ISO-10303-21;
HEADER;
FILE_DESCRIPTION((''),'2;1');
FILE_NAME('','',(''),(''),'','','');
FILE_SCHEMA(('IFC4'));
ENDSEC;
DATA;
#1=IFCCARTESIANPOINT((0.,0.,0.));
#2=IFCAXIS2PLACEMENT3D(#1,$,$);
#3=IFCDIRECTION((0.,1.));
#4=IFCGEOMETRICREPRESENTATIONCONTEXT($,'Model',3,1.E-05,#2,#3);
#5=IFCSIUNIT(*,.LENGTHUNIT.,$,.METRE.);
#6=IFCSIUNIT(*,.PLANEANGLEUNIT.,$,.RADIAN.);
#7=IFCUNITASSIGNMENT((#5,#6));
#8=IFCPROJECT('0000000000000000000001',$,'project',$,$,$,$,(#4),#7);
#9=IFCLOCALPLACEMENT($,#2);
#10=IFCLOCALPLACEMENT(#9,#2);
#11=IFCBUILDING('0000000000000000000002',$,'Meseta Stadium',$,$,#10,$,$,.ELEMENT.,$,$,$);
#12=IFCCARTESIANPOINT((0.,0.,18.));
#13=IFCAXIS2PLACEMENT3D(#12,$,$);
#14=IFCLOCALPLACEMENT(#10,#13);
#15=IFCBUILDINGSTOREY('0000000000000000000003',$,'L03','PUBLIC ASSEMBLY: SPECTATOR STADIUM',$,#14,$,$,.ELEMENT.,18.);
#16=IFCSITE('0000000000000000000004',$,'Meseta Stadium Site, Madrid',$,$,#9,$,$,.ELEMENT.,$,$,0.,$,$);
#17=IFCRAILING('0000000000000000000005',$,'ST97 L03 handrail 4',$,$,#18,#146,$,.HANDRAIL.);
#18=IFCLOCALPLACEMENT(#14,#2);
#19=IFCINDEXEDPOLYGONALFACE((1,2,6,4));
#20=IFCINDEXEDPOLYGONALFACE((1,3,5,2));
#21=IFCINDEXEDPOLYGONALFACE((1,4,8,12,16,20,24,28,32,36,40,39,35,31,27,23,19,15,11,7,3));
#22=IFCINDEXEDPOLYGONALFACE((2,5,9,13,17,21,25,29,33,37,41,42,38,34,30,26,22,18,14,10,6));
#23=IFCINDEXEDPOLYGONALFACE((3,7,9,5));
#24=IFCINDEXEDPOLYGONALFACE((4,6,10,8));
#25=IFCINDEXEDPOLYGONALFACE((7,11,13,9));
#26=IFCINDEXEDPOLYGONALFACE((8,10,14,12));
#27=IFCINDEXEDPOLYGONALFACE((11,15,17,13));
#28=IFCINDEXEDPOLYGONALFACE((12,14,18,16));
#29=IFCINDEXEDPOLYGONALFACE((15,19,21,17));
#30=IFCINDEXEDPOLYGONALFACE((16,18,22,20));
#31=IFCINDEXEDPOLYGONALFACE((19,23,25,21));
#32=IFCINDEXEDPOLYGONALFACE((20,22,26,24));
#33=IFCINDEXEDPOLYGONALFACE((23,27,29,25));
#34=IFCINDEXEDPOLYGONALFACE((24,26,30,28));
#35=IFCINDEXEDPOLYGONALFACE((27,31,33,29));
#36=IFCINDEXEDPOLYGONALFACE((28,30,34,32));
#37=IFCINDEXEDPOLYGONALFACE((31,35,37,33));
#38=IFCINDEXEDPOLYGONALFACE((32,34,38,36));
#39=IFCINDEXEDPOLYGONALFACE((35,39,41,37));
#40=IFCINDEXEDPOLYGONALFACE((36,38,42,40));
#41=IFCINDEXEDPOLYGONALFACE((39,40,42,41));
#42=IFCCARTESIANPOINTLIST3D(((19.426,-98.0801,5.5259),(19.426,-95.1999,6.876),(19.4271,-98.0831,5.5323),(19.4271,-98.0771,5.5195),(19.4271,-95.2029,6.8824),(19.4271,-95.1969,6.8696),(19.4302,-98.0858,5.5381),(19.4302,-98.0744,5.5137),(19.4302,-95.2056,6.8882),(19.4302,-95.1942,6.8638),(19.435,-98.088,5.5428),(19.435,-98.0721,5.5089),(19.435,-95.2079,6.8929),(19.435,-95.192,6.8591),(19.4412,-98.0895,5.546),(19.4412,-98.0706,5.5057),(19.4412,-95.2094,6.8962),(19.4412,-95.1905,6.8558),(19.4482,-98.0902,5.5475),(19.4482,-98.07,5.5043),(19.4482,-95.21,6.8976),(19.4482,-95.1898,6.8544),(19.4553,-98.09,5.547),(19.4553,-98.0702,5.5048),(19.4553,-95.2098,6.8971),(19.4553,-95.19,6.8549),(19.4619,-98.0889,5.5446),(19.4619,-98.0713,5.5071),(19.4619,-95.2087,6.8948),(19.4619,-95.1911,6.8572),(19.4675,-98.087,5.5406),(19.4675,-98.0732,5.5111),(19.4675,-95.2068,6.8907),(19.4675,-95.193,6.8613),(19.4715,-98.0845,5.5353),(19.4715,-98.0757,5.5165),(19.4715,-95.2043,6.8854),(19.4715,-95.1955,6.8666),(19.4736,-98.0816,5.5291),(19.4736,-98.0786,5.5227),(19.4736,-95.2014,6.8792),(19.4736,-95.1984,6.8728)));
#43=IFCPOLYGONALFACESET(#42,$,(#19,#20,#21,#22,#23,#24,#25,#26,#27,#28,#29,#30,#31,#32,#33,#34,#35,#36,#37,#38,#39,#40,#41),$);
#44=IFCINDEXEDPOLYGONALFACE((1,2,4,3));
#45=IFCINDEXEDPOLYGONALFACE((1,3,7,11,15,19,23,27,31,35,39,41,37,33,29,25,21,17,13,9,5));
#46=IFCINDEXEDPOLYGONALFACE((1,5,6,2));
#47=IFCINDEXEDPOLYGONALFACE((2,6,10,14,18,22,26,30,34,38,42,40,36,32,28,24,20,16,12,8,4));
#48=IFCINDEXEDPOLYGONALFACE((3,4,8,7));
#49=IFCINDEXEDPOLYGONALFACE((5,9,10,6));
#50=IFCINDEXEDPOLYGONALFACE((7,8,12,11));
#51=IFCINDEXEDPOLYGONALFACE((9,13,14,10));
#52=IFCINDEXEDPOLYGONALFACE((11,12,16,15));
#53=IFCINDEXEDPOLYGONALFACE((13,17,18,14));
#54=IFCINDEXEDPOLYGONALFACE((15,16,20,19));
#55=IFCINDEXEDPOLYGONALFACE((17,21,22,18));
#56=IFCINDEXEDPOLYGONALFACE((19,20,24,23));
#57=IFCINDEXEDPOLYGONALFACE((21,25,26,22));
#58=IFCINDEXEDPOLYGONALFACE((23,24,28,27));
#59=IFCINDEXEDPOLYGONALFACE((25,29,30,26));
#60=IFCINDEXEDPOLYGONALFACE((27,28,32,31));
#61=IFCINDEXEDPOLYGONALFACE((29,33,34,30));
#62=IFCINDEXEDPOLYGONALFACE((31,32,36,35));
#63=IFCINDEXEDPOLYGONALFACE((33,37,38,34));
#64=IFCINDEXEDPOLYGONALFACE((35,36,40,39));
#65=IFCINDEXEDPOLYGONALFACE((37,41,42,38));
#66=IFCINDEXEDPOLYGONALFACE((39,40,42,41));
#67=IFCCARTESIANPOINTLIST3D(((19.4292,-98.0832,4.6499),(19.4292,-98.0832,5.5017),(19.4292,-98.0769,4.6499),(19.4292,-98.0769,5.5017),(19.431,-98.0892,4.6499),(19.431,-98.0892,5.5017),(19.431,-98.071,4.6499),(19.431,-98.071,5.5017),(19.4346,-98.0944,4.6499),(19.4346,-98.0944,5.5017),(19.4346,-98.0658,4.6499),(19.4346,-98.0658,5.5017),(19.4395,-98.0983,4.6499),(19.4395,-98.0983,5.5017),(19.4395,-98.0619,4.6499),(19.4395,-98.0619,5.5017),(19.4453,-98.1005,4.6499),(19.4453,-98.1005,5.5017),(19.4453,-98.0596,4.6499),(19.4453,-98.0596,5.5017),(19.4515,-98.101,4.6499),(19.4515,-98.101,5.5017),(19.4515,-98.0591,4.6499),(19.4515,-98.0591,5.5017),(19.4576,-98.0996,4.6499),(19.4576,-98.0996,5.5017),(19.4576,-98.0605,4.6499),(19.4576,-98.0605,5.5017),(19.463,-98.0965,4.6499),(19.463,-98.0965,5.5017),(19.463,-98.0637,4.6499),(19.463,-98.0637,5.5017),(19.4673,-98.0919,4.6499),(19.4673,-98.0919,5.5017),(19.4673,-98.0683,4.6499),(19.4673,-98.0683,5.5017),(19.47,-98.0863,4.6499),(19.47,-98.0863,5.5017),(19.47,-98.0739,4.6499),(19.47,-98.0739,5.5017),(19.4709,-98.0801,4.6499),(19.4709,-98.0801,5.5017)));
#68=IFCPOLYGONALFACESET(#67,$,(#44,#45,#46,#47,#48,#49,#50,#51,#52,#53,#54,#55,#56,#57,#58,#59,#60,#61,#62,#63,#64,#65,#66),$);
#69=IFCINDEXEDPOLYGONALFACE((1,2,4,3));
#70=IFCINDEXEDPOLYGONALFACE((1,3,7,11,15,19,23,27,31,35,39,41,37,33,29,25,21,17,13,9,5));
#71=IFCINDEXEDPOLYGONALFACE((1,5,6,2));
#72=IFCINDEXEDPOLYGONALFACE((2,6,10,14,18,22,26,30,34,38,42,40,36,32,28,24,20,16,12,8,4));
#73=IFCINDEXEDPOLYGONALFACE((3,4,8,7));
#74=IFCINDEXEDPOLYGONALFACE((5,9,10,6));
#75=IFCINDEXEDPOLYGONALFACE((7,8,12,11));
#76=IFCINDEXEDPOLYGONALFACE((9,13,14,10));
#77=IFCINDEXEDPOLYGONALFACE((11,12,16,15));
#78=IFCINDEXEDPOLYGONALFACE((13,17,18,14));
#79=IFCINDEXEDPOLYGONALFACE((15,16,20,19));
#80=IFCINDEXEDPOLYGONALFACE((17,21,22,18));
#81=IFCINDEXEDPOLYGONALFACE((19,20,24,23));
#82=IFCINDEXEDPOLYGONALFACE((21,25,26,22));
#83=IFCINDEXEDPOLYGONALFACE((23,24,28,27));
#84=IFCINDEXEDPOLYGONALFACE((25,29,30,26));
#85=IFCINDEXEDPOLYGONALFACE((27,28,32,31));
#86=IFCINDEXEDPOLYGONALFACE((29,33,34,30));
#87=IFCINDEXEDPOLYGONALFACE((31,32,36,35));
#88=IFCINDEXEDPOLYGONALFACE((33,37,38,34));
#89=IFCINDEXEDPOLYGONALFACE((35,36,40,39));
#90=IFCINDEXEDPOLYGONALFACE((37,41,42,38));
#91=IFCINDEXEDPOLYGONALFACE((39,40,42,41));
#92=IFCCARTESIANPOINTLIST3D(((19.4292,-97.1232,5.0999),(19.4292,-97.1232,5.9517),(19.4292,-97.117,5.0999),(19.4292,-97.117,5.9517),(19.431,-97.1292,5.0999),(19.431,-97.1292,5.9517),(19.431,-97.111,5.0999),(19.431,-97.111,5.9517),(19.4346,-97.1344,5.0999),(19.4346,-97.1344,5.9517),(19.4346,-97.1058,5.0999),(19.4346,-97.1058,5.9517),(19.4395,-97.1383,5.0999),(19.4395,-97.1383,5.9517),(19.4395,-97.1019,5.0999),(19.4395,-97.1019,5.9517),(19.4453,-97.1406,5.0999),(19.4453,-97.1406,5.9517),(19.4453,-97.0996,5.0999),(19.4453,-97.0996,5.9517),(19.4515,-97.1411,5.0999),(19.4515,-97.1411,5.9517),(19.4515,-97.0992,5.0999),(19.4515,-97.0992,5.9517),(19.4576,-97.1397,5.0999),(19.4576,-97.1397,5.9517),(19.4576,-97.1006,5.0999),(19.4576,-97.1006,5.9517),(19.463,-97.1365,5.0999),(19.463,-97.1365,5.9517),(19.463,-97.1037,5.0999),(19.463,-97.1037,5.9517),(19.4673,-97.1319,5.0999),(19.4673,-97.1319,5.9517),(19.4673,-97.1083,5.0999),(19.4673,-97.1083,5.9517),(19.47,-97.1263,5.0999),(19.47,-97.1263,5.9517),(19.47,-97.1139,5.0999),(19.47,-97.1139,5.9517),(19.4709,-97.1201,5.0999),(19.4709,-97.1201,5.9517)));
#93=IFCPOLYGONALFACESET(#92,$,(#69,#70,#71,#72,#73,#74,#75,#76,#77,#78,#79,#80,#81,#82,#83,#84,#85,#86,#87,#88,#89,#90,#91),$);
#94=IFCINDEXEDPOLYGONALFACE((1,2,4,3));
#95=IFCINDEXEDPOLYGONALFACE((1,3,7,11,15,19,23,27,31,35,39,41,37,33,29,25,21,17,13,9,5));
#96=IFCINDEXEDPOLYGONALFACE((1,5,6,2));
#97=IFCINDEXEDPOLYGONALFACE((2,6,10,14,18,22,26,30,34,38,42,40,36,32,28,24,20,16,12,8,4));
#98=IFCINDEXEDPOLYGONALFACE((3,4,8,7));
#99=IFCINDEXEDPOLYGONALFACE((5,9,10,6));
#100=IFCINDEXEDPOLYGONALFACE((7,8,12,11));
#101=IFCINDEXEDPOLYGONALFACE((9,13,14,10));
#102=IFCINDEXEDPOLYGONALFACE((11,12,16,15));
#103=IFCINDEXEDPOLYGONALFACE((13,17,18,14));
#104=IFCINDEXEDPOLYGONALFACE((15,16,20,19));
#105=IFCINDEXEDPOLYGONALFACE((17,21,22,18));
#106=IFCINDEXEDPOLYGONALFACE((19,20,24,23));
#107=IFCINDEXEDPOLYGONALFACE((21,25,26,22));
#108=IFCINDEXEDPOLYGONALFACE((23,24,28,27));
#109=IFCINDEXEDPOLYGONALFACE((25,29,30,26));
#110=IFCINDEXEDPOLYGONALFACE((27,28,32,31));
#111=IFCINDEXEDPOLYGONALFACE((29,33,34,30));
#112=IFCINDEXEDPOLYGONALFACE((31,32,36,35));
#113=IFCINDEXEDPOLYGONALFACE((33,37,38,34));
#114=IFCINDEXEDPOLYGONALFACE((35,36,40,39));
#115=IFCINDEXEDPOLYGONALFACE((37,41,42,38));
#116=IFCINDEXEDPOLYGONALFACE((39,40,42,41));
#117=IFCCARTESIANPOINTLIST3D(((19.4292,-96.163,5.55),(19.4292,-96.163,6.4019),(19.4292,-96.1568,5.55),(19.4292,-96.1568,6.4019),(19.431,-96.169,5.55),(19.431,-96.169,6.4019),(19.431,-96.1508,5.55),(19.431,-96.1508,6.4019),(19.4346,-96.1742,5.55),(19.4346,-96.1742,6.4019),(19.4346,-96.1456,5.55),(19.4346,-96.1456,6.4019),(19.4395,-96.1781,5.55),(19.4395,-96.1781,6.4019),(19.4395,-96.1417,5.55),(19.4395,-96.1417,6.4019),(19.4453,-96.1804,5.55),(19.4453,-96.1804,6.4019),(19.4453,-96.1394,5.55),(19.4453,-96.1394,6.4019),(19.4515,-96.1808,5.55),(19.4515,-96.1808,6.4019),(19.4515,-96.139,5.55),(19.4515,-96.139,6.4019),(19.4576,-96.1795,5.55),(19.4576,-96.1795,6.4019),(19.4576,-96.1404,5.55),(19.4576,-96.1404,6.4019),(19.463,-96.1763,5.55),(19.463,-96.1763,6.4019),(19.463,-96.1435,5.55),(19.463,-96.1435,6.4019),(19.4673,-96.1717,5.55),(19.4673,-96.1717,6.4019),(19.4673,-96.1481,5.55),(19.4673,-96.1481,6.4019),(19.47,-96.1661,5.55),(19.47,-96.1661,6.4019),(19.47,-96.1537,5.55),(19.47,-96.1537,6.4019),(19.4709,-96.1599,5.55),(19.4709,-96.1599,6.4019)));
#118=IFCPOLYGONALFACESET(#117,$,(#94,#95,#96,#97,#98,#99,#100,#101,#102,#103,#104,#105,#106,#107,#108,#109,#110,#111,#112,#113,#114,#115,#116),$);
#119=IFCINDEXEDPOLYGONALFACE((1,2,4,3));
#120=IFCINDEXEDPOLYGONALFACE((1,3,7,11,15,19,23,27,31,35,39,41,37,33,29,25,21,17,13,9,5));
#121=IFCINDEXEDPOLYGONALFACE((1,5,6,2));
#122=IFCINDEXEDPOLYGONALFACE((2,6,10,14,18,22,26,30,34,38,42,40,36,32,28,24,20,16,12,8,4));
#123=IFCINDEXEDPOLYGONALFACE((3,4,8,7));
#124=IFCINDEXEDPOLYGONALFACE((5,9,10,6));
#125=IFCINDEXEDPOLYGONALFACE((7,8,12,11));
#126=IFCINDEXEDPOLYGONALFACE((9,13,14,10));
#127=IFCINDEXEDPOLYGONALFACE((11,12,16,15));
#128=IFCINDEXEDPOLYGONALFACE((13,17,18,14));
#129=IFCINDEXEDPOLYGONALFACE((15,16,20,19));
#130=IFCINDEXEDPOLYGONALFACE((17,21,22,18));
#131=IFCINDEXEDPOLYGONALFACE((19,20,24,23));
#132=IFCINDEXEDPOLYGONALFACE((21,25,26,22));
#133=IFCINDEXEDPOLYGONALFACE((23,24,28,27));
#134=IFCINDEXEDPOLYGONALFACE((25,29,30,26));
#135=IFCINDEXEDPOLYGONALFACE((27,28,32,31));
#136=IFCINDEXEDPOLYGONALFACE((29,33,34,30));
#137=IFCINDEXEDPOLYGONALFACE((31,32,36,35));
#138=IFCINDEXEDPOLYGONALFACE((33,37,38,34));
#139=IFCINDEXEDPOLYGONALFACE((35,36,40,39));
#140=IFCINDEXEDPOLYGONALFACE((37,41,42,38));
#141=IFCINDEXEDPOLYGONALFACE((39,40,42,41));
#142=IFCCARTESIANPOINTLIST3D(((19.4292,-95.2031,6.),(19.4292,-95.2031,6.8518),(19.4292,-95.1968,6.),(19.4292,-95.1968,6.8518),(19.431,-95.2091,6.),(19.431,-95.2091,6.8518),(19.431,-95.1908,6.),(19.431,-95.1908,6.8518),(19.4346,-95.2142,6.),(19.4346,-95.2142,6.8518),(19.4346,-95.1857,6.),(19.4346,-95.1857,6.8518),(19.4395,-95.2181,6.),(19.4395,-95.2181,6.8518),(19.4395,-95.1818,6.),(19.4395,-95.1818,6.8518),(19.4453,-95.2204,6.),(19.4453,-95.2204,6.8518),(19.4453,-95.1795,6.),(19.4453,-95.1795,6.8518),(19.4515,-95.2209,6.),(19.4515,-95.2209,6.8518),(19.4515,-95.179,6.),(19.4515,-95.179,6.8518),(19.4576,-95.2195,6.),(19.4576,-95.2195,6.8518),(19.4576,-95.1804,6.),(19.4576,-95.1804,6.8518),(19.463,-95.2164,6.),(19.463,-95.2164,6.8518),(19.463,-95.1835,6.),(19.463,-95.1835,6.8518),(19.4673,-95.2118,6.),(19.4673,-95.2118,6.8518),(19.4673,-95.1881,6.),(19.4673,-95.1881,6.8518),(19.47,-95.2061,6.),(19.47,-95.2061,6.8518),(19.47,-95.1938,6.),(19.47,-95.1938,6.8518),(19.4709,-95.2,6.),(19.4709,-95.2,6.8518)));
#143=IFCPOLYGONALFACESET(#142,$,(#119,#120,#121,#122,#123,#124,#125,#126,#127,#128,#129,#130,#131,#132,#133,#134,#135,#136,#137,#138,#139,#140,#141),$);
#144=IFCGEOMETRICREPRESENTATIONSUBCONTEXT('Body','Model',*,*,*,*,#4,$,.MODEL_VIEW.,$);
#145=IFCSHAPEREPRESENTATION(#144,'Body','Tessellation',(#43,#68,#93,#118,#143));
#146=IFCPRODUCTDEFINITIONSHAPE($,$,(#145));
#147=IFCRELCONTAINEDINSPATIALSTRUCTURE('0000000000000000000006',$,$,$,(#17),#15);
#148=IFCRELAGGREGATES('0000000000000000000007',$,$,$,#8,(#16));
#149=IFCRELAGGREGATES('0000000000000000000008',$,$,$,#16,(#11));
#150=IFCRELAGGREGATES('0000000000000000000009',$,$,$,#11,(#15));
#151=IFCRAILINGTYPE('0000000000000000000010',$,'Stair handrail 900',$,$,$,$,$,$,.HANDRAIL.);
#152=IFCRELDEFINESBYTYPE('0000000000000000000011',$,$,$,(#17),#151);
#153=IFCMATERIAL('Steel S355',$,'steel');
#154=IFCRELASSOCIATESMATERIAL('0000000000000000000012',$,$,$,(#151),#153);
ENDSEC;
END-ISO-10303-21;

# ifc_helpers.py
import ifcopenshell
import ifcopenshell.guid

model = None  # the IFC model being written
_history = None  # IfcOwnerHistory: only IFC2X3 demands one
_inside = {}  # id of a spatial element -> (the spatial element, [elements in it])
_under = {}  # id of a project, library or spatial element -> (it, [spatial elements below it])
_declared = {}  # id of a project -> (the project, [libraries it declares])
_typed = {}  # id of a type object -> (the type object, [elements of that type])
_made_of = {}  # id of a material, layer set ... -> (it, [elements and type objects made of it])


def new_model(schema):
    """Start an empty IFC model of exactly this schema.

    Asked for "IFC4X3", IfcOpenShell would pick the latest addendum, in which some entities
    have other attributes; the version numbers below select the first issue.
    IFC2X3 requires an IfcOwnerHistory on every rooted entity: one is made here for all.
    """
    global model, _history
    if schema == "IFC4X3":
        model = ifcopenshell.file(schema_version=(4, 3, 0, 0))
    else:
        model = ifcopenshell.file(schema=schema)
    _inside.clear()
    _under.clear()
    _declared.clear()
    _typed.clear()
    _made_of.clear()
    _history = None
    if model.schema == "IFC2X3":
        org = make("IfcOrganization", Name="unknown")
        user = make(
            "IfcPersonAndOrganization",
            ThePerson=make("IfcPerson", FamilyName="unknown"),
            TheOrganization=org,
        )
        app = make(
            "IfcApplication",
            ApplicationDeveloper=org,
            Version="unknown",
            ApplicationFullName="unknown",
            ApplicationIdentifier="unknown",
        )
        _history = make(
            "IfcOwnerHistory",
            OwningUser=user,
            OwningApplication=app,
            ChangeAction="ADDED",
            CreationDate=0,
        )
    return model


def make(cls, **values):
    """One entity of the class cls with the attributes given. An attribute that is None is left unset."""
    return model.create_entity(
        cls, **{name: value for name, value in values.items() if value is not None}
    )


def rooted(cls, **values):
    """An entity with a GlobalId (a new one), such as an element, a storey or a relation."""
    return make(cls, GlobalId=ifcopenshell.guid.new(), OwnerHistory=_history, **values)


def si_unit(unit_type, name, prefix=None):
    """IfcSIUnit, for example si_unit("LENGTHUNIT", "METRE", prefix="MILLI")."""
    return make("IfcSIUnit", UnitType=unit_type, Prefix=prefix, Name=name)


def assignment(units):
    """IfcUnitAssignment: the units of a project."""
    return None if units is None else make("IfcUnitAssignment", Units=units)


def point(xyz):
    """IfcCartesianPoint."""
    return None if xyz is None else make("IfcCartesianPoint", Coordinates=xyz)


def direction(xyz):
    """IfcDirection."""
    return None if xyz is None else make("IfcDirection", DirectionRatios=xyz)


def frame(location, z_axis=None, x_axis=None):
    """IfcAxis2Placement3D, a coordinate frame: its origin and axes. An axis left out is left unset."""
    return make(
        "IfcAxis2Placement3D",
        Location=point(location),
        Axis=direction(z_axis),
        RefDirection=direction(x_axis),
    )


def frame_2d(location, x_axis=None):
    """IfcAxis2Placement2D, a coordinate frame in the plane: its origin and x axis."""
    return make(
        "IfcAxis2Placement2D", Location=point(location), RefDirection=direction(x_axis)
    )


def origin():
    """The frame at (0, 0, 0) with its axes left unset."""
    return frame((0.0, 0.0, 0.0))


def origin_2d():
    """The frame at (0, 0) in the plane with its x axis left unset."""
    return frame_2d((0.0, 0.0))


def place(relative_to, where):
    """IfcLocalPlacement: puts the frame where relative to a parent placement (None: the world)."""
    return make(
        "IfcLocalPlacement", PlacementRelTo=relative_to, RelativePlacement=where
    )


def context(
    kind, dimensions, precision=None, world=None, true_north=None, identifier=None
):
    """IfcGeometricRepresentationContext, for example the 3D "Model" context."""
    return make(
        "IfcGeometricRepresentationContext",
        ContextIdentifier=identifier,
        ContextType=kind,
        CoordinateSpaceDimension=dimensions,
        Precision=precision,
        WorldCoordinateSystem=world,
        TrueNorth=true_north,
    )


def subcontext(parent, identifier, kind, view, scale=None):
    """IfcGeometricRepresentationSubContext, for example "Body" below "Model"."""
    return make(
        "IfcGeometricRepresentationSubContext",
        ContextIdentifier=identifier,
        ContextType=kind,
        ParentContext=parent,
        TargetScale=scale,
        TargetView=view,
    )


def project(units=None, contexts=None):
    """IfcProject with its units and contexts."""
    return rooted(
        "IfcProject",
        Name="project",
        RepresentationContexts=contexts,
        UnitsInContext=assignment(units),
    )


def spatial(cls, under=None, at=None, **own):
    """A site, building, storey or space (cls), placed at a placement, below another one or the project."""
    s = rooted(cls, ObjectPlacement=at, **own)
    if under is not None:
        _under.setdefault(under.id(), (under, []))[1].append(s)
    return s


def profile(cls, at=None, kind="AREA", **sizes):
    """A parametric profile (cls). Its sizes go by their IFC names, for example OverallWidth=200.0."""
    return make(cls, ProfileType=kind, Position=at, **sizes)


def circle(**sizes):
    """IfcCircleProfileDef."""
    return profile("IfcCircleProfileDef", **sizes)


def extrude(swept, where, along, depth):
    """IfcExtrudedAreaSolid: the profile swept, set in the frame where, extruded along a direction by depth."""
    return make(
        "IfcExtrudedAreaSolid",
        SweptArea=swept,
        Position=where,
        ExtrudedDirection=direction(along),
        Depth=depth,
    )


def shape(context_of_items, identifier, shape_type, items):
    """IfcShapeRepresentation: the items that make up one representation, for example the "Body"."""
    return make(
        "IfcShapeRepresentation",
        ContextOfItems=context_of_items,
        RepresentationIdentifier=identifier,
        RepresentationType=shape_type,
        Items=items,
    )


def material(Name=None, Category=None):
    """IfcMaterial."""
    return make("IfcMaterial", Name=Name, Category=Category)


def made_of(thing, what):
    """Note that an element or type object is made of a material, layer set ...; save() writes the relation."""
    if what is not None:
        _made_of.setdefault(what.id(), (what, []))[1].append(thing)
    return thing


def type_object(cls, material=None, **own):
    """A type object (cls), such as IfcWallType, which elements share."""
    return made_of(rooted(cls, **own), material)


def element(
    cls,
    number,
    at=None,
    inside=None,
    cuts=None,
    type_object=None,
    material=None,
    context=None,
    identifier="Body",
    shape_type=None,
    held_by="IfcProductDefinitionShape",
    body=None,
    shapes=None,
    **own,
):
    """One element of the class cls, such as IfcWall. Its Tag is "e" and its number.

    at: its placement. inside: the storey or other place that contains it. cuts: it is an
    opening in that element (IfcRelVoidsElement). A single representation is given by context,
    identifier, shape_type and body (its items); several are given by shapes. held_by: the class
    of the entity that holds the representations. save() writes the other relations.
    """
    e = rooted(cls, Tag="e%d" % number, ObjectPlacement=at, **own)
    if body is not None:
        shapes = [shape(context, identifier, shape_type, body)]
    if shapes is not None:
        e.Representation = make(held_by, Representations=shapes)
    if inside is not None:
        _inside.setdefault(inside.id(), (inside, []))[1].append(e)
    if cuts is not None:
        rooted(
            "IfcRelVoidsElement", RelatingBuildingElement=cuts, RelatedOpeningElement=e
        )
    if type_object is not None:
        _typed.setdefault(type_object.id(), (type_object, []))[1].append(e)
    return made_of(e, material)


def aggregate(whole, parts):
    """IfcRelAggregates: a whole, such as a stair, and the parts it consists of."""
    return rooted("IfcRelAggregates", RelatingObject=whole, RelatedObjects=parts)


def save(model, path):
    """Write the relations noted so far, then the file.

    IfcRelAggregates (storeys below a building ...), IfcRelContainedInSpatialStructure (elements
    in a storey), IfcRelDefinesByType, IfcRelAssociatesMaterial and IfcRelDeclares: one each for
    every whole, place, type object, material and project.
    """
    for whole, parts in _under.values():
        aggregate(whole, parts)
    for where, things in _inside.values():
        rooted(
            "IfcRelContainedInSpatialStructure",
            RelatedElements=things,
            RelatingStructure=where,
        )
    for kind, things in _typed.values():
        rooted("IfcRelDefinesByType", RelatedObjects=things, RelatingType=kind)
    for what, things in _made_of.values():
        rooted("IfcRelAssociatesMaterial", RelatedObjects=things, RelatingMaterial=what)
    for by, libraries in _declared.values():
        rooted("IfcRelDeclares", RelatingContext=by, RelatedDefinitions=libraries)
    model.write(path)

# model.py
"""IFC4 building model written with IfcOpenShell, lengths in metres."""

from ifc_helpers import new_model, si_unit, direction, frame, origin, origin_2d, place, context, subcontext, project, spatial, circle, extrude, material, type_object, element, save


model = new_model("IFC4")

# Units and contexts
model_context = context("Model", 3, precision=1e-05, world=origin(), true_north=direction((0.0, 1.0)))
body_context = subcontext(model_context, "Body", "Model", "MODEL_VIEW")
ifc_project = project(units=[si_unit("LENGTHUNIT", "METRE"), si_unit("PLANEANGLEUNIT", "RADIAN")], contexts=[model_context])

# Site, building, storey
site_placement = place(None, origin())
site = spatial("IfcSite", under=ifc_project, at=site_placement, Name="Meseta Stadium Site, Madrid", CompositionType="ELEMENT", RefElevation=0.0)
building_placement = place(site_placement, origin())
building = spatial("IfcBuilding", under=site, at=building_placement, Name="Meseta Stadium", CompositionType="ELEMENT")
storey_placement = place(building_placement, frame((0.0, 0.0, 18.0)))
storey = spatial("IfcBuildingStorey", under=building, at=storey_placement, Name="L03", Description="PUBLIC ASSEMBLY: SPECTATOR STADIUM", CompositionType="ELEMENT", Elevation=18.0)

# Railing
ifc_material_1 = material(Name="Steel S355", Category="steel")
railing_type_1 = type_object("IfcRailingType", Name="Stair handrail 900", PredefinedType="HANDRAIL", material=ifc_material_1)
railing_1_placement = place(storey_placement, frame((19.45, -98.0801, 4.6499)))
element("IfcRailing", 1, at=railing_1_placement, inside=storey, type_object=railing_type_1, Name="ST97 L03 handrail 4", PredefinedType="HANDRAIL", context=body_context, shape_type="SweptSolid", body=[
    extrude(circle(Radius=0.0239, at=origin_2d()), frame((0.0, 0.0, 0.876), z_axis=(0.0, 0.905454, 0.424444), x_axis=(-1.0, 0.0, 0.0)), (0.0, 0.0, 1.0), 3.1809),
    extrude(circle(Radius=0.021, at=origin_2d()), origin(), (0.0, 0.0, 1.0), 0.8518),
    extrude(circle(Radius=0.021, at=origin_2d()), frame((0.0, 0.96, 0.45)), (0.0, 0.0, 1.0), 0.8518),
    extrude(circle(Radius=0.021, at=origin_2d()), frame((0.0, 1.9202, 0.9001)), (0.0, 0.0, 1.0), 0.8518),
    extrude(circle(Radius=0.021, at=origin_2d()), frame((0.0, 2.8801, 1.3501)), (0.0, 0.0, 1.0), 0.8518),
])

save(model, "model.ifc")
